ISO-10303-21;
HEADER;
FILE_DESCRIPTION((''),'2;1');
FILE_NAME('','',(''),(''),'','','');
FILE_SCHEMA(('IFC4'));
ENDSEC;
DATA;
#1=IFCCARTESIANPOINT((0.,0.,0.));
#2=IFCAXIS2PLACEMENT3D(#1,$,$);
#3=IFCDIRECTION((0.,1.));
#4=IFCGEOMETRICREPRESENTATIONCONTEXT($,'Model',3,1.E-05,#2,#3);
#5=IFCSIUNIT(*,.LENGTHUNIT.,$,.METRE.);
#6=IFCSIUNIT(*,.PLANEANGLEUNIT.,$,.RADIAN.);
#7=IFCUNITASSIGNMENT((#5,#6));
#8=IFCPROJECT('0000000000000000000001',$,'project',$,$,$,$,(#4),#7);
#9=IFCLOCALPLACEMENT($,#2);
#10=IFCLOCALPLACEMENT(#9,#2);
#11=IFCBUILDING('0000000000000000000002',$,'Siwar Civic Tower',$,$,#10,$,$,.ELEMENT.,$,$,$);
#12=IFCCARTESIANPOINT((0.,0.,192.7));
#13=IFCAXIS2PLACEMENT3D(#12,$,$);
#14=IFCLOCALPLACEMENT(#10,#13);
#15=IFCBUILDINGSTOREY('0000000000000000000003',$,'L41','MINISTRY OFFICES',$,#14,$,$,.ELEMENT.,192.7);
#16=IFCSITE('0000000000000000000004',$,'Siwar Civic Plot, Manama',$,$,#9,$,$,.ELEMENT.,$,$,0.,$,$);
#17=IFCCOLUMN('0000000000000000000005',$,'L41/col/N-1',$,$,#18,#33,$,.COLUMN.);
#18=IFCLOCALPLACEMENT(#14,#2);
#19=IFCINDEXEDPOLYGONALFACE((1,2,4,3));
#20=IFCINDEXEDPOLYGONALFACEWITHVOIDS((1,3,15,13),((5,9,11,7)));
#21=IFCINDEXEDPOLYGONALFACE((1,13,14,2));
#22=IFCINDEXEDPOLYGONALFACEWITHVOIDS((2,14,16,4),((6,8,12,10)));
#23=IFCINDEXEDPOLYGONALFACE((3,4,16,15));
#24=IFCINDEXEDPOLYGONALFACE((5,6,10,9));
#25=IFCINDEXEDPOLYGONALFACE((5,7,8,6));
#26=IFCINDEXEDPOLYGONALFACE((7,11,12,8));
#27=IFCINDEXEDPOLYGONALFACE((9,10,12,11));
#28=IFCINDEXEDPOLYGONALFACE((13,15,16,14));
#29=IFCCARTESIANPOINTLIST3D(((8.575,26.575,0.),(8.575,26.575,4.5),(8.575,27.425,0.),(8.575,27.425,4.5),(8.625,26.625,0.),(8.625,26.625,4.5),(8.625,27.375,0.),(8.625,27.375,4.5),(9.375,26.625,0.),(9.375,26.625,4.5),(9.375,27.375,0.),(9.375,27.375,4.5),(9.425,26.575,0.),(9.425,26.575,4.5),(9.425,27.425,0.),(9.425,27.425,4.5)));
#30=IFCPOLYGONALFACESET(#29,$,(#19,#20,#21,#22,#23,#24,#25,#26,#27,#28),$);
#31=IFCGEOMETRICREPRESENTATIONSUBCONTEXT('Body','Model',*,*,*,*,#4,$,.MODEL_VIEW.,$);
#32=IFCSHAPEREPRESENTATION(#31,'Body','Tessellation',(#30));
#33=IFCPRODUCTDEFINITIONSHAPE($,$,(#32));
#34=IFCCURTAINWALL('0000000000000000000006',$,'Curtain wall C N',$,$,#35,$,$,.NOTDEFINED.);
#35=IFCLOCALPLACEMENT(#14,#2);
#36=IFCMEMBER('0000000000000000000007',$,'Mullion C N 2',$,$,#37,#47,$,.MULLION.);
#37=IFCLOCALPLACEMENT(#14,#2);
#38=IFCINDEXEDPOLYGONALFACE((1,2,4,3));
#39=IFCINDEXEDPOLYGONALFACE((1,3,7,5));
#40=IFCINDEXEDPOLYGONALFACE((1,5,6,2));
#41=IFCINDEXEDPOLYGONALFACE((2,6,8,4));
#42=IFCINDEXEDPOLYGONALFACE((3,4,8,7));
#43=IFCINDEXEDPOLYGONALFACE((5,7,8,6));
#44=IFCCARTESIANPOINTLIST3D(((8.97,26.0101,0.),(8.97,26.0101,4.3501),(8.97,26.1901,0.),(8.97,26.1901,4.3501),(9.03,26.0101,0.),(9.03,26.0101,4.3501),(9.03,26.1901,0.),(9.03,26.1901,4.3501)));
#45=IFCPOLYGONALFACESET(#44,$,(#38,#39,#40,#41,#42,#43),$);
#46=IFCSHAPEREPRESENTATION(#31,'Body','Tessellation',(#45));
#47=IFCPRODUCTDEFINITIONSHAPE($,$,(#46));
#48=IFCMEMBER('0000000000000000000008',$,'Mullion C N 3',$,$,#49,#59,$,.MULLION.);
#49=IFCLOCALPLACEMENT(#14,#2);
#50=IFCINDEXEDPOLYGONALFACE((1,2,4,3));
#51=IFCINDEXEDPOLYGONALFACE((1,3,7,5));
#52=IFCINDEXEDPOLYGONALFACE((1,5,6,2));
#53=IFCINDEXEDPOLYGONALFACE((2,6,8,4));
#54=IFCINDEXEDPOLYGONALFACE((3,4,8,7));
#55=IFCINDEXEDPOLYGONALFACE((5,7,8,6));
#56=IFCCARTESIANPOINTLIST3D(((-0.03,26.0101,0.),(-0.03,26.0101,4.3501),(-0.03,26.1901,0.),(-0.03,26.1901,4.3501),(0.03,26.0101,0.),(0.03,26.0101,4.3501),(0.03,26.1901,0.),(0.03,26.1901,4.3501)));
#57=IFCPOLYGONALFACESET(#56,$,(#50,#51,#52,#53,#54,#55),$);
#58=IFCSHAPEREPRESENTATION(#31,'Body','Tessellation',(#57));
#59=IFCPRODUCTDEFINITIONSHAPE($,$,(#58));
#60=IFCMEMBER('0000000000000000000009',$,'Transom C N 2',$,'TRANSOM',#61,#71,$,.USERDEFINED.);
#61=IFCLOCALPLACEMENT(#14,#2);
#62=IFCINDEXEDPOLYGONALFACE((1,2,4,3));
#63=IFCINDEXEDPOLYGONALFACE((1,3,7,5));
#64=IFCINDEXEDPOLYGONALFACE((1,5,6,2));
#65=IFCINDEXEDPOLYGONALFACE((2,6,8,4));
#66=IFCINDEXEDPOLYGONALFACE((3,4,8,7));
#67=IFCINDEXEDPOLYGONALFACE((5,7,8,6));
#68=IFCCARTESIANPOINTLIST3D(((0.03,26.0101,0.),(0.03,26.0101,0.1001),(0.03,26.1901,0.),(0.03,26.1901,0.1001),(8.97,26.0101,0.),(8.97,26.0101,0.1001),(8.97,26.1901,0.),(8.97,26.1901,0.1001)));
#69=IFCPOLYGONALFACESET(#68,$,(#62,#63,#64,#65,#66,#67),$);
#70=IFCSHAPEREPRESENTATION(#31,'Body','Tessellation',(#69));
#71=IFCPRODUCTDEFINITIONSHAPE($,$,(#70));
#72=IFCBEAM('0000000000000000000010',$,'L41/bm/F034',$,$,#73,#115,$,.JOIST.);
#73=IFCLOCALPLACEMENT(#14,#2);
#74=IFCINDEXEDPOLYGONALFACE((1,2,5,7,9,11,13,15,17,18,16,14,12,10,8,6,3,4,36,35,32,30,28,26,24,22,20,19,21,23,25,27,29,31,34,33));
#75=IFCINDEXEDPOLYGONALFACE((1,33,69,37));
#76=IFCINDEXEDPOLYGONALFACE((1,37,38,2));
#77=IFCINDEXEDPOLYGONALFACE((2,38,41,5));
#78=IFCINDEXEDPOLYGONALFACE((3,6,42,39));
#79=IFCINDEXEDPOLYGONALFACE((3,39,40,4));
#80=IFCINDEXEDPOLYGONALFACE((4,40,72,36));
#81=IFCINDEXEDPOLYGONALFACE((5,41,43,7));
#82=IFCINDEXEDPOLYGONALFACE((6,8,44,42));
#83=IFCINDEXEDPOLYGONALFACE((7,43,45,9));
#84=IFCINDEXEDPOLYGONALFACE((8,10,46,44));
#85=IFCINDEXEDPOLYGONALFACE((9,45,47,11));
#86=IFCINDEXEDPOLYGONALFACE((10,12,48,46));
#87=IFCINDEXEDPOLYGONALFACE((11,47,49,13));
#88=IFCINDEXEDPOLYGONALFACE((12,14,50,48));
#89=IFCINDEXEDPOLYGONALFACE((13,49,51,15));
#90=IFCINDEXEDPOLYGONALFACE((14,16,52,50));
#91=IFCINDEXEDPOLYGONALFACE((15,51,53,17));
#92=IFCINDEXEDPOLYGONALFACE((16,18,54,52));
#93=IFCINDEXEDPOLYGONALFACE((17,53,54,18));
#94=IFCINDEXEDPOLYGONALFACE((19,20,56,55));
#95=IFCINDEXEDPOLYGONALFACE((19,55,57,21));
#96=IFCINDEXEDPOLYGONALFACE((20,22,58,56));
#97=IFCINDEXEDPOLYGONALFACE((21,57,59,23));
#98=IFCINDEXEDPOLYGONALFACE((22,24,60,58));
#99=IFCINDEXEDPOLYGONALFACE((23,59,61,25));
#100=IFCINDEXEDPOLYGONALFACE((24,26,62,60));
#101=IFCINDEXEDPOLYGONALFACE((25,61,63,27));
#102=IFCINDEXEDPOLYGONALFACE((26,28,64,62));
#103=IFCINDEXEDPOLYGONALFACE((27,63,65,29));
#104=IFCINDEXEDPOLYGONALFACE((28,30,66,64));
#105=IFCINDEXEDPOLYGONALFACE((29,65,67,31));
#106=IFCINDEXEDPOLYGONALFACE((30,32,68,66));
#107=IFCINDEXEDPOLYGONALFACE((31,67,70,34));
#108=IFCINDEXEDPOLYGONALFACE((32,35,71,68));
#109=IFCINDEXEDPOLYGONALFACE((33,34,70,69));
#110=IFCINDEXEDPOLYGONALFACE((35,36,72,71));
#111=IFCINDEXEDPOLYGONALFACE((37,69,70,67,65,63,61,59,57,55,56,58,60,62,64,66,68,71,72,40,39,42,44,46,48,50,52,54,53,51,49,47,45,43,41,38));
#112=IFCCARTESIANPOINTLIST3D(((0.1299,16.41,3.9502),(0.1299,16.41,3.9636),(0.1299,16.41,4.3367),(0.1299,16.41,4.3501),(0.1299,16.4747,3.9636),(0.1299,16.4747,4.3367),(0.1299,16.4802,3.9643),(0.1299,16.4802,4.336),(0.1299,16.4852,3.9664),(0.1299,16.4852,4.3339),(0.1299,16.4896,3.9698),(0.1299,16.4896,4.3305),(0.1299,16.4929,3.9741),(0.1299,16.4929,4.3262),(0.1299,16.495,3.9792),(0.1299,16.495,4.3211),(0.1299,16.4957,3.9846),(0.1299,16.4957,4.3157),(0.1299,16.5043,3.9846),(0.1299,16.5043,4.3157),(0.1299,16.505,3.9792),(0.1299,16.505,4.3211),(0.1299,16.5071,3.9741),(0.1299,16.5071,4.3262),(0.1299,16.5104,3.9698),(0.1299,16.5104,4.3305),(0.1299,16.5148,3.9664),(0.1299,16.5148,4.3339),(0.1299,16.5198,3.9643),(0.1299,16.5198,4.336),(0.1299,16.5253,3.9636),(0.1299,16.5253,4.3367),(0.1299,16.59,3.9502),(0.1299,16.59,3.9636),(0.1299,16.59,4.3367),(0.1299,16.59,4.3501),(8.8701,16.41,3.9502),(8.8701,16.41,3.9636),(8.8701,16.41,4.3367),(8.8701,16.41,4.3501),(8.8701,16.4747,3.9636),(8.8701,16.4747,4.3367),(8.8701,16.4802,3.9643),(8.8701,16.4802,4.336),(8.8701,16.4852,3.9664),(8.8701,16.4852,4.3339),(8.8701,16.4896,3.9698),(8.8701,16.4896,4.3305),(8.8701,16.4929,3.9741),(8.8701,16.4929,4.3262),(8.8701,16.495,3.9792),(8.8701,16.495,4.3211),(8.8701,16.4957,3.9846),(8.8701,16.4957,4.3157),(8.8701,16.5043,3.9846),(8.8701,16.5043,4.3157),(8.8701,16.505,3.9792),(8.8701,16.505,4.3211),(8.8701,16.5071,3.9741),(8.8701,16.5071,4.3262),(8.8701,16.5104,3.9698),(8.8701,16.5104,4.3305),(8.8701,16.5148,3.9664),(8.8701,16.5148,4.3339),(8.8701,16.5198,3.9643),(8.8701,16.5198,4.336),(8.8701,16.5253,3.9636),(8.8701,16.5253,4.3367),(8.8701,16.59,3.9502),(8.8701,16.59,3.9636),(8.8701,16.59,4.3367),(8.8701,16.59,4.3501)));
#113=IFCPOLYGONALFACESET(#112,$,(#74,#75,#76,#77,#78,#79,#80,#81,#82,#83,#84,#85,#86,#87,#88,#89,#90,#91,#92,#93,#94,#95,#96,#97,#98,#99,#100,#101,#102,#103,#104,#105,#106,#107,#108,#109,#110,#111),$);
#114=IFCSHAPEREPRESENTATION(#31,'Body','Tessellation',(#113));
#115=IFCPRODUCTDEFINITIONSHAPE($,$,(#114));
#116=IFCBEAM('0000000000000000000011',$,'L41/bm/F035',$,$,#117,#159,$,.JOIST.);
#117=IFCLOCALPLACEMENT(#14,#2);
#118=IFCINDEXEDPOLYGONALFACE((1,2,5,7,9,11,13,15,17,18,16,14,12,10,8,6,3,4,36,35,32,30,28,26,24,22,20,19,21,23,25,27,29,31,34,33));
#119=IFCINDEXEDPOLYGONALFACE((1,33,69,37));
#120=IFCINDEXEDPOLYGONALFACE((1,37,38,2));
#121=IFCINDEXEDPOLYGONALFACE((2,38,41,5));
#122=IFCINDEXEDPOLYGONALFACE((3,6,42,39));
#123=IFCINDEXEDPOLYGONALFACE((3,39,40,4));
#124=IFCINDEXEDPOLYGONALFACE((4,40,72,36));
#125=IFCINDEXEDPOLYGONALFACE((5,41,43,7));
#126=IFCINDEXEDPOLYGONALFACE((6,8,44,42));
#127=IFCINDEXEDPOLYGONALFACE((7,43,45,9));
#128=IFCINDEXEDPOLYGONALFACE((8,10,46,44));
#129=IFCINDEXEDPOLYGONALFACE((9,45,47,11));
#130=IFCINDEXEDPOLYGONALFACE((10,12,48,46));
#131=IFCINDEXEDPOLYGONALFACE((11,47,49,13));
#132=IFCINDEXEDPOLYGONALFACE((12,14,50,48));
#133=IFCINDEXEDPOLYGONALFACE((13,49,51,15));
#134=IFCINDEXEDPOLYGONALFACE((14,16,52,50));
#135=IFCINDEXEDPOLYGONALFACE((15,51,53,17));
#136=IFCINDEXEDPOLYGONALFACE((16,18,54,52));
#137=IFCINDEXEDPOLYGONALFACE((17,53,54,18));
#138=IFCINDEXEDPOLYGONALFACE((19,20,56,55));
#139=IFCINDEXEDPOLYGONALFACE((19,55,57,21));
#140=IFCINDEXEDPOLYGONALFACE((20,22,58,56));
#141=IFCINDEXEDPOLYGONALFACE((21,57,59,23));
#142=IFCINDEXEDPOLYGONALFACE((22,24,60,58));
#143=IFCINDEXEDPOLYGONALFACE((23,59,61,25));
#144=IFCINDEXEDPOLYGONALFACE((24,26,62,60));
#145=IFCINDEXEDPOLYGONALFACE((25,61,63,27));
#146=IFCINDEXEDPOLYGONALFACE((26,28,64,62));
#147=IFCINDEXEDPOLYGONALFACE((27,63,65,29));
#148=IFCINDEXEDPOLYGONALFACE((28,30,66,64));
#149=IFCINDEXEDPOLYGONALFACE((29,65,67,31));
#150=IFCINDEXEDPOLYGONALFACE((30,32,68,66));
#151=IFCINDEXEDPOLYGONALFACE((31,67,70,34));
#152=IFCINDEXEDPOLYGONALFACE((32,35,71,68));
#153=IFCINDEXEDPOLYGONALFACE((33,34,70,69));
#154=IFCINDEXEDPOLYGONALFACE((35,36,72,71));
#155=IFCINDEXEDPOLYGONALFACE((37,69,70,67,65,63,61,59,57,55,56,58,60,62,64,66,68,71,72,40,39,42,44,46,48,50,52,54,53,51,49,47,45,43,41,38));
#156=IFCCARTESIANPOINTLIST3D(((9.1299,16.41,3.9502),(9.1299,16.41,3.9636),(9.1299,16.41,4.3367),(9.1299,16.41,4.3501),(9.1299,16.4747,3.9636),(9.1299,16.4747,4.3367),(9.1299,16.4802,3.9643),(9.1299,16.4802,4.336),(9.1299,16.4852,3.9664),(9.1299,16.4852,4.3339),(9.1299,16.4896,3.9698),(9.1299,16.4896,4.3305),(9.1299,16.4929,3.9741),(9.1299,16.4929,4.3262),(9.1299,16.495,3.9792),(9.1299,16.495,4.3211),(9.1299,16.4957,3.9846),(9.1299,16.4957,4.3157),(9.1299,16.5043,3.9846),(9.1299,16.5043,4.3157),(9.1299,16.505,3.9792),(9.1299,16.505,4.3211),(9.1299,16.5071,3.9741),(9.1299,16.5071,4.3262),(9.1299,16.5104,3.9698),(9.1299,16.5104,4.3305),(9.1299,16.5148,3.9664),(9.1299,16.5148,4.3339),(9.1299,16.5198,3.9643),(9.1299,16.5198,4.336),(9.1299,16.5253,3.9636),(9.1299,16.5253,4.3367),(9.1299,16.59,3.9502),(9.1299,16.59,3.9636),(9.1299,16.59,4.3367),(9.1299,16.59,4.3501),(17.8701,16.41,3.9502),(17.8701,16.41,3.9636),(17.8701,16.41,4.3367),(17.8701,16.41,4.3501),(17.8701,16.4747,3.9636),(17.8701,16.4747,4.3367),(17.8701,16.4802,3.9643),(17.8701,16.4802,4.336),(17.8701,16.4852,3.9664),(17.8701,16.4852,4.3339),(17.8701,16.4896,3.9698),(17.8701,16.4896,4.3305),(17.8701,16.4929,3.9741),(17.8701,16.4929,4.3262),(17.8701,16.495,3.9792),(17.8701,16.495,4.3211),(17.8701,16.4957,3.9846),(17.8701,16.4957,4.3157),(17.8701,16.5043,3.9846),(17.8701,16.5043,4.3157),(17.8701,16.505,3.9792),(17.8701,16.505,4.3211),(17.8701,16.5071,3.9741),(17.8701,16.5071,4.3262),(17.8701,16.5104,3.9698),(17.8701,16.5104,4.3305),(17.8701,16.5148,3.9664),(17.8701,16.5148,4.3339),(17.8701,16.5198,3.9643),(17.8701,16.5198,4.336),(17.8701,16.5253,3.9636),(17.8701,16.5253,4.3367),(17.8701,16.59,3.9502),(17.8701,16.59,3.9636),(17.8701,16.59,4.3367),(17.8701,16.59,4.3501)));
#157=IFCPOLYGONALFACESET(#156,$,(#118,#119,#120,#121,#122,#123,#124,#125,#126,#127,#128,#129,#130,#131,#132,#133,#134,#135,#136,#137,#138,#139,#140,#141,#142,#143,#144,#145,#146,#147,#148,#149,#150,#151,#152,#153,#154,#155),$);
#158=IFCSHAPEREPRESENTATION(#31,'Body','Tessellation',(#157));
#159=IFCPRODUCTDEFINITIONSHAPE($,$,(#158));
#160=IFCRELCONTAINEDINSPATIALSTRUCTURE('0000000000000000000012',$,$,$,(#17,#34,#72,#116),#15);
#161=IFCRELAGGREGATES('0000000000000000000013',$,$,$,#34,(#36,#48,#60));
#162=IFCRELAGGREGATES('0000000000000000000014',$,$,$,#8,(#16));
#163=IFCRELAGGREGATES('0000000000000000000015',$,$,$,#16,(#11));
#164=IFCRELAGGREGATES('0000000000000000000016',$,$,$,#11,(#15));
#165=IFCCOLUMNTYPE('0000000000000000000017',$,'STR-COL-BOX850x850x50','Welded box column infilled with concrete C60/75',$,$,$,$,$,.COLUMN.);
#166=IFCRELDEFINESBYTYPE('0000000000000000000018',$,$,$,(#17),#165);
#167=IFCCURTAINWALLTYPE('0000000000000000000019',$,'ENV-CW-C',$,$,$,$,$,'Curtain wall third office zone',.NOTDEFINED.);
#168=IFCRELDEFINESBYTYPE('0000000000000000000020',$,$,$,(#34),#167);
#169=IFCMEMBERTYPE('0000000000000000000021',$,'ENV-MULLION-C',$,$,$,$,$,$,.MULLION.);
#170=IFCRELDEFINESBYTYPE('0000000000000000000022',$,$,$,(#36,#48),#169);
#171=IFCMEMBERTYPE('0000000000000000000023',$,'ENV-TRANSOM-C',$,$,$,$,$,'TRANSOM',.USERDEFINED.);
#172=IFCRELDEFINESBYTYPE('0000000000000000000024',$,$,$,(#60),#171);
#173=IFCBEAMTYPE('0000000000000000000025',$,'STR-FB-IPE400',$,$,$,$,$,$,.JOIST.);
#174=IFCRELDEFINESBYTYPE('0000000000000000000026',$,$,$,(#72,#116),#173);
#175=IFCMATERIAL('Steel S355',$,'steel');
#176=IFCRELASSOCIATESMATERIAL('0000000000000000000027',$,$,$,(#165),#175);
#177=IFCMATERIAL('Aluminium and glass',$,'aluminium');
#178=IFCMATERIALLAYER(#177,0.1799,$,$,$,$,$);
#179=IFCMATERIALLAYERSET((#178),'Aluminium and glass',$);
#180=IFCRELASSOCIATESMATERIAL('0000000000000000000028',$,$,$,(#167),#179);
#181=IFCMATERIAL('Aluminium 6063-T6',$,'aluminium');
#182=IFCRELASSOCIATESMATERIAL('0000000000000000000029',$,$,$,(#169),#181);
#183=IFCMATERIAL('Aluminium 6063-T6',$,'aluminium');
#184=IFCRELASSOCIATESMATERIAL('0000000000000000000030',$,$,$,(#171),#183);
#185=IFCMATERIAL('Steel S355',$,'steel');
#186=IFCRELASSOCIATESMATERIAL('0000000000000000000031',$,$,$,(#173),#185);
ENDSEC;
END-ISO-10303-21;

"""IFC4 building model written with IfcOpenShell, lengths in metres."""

from ifc_helpers import new_model, si_unit, direction, frame, origin, origin_2d, place, context, subcontext, project, spatial, rectangle, hollow_rectangle, i_section, extrude, material, layer, layer_set, material_profile, profile_set, type_object, element, aggregate, save


model = new_model("IFC4")

# Units and contexts
model_context = context("Model", 3, precision=1e-05, world=origin(), true_north=direction((0.0, 1.0)))
body_context = subcontext(model_context, "Body", "Model", "MODEL_VIEW")
ifc_project = project(units=[si_unit("LENGTHUNIT", "METRE"), si_unit("PLANEANGLEUNIT", "RADIAN")], contexts=[model_context])

# Site, building, storey
site_placement = place(None, origin())
site = spatial("IfcSite", under=ifc_project, at=site_placement, Name="Siwar Civic Plot, Manama", CompositionType="ELEMENT", RefElevation=0.0)
building_placement = place(site_placement, origin())
building = spatial("IfcBuilding", under=site, at=building_placement, Name="Siwar Civic Tower", CompositionType="ELEMENT")
storey_placement = place(building_placement, frame((0.0, 0.0, 192.7)))
storey = spatial("IfcBuildingStorey", under=building, at=storey_placement, Name="L41", Description="MINISTRY OFFICES", CompositionType="ELEMENT", Elevation=192.7)

# Column
ifc_material_1 = material(Name="Steel S355", Category="steel")
ifc_material_profile_1 = material_profile(ifc_material_1, hollow_rectangle(XDim=0.8501, YDim=0.8501, WallThickness=0.05, at=origin_2d()), Name="BOX850x850x50")
ifc_profile_set_1 = profile_set([ifc_material_profile_1], Name="Steel S355")
column_type = type_object("IfcColumnType", Name="STR-COL-BOX850x850x50", Description="Welded box column infilled with concrete C60/75", PredefinedType="COLUMN", material=ifc_profile_set_1)
column_placement = place(storey_placement, frame((9.0, 27.0, 0.0), z_axis=(0.0, 0.0, 1.0), x_axis=(1.0, 0.0, 0.0)))
element("IfcColumn", 1, at=column_placement, inside=storey, type_object=column_type, Name="L41/col/N-1", PredefinedType="COLUMN", context=body_context, shape_type="SweptSolid", body=[
    extrude(hollow_rectangle(XDim=0.8501, YDim=0.8501, WallThickness=0.05, at=origin_2d()), origin(), (0.0, 0.0, 1.0), 4.5),
])

# Curtain wall, members
ifc_material_2 = material(Name="Aluminium and glass", Category="aluminium")
ifc_layer_1 = layer(ifc_material_2, 0.1799)
ifc_layer_set_1 = layer_set([ifc_layer_1], Name="Aluminium and glass")
curtain_wall_type = type_object("IfcCurtainWallType", Name="ENV-CW-C", ElementType="Curtain wall third office zone", PredefinedType="NOTDEFINED", material=ifc_layer_set_1)
curtain_wall_placement = place(storey_placement, origin())
curtain_wall = element("IfcCurtainWall", 2, at=curtain_wall_placement, inside=storey, type_object=curtain_wall_type, Name="Curtain wall C N", PredefinedType="NOTDEFINED")
ifc_material_3 = material(Name="Aluminium 6063-T6", Category="aluminium")
ifc_material_profile_2 = material_profile(ifc_material_3, rectangle(XDim=0.1799, YDim=0.0601, at=origin_2d()), Name="AL 180x60")
ifc_profile_set_2 = profile_set([ifc_material_profile_2], Name="Aluminium 6063-T6")
member_type_1 = type_object("IfcMemberType", Name="ENV-MULLION-C", PredefinedType="MULLION", material=ifc_profile_set_2)
member_1_placement = place(storey_placement, frame((9.0, 26.1001, 0.0), z_axis=(0.0, 0.0, 1.0), x_axis=(0.0, -1.0, 0.0)))
member_1 = element("IfcMember", 3, at=member_1_placement, type_object=member_type_1, Name="Mullion C N 2", PredefinedType="MULLION", context=body_context, shape_type="SweptSolid", body=[
    extrude(rectangle(XDim=0.1799, YDim=0.0601, at=origin_2d()), origin(), (0.0, 0.0, 1.0), 4.3501),
])
member_2_placement = place(storey_placement, frame((0.0, 26.1001, 0.0), z_axis=(0.0, 0.0, 1.0), x_axis=(0.0, -1.0, 0.0)))
member_2 = element("IfcMember", 4, at=member_2_placement, type_object=member_type_1, Name="Mullion C N 3", PredefinedType="MULLION", context=body_context, shape_type="SweptSolid", body=[
    extrude(rectangle(XDim=0.1799, YDim=0.0601, at=origin_2d()), origin(), (0.0, 0.0, 1.0), 4.3501),
])
ifc_material_4 = material(Name="Aluminium 6063-T6", Category="aluminium")
ifc_material_profile_3 = material_profile(ifc_material_4, rectangle(XDim=0.1799, YDim=0.1001, at=origin_2d()), Name="AL 180x100")
ifc_profile_set_3 = profile_set([ifc_material_profile_3], Name="Aluminium 6063-T6")
member_type_2 = type_object("IfcMemberType", Name="ENV-TRANSOM-C", ElementType="TRANSOM", PredefinedType="USERDEFINED", material=ifc_profile_set_3)
member_3_placement = place(storey_placement, frame((8.97, 26.1001, 0.05), z_axis=(-1.0, 0.0, 0.0), x_axis=(0.0, -1.0, 0.0)))
member_3 = element("IfcMember", 5, at=member_3_placement, type_object=member_type_2, Name="Transom C N 2", ObjectType="TRANSOM", PredefinedType="USERDEFINED", context=body_context, shape_type="SweptSolid", body=[
    extrude(rectangle(XDim=0.1799, YDim=0.1001, at=origin_2d()), origin(), (0.0, 0.0, 1.0), 8.9399),
])

# Beams
ifc_material_5 = material(Name="Steel S355", Category="steel")
ifc_material_profile_4 = material_profile(ifc_material_5, i_section(OverallWidth=0.1799, OverallDepth=0.3999, WebThickness=0.0085, FlangeThickness=0.0134, FilletRadius=0.021, at=origin_2d()), Name="IPE400")
ifc_profile_set_4 = profile_set([ifc_material_profile_4], Name="Steel S355")
beam_type_1 = type_object("IfcBeamType", Name="STR-FB-IPE400", PredefinedType="JOIST", material=ifc_profile_set_4)
for number, where, z_axis, x_axis, name in (
    (6, (0.1299, 16.5, 4.1501), (1.0, 0.0, 0.0), (0.0, 1.0, 0.0), "L41/bm/F034"),
    (7, (9.1299, 16.5, 4.1501), (1.0, 0.0, 0.0), (0.0, 1.0, 0.0), "L41/bm/F035"),
):
    element("IfcBeam", number, at=place(storey_placement, frame(where, z_axis=z_axis, x_axis=x_axis)), inside=storey, type_object=beam_type_1, Name=name, PredefinedType="JOIST", context=body_context, shape_type="SweptSolid", body=[
        extrude(i_section(OverallWidth=0.1799, OverallDepth=0.3999, WebThickness=0.0085, FlangeThickness=0.0134, FilletRadius=0.021, at=origin_2d()), origin(), (0.0, 0.0, 1.0), 8.7402),
    ])

aggregate(curtain_wall, [member_1, member_2, member_3])

save(model, "model.ifc")
